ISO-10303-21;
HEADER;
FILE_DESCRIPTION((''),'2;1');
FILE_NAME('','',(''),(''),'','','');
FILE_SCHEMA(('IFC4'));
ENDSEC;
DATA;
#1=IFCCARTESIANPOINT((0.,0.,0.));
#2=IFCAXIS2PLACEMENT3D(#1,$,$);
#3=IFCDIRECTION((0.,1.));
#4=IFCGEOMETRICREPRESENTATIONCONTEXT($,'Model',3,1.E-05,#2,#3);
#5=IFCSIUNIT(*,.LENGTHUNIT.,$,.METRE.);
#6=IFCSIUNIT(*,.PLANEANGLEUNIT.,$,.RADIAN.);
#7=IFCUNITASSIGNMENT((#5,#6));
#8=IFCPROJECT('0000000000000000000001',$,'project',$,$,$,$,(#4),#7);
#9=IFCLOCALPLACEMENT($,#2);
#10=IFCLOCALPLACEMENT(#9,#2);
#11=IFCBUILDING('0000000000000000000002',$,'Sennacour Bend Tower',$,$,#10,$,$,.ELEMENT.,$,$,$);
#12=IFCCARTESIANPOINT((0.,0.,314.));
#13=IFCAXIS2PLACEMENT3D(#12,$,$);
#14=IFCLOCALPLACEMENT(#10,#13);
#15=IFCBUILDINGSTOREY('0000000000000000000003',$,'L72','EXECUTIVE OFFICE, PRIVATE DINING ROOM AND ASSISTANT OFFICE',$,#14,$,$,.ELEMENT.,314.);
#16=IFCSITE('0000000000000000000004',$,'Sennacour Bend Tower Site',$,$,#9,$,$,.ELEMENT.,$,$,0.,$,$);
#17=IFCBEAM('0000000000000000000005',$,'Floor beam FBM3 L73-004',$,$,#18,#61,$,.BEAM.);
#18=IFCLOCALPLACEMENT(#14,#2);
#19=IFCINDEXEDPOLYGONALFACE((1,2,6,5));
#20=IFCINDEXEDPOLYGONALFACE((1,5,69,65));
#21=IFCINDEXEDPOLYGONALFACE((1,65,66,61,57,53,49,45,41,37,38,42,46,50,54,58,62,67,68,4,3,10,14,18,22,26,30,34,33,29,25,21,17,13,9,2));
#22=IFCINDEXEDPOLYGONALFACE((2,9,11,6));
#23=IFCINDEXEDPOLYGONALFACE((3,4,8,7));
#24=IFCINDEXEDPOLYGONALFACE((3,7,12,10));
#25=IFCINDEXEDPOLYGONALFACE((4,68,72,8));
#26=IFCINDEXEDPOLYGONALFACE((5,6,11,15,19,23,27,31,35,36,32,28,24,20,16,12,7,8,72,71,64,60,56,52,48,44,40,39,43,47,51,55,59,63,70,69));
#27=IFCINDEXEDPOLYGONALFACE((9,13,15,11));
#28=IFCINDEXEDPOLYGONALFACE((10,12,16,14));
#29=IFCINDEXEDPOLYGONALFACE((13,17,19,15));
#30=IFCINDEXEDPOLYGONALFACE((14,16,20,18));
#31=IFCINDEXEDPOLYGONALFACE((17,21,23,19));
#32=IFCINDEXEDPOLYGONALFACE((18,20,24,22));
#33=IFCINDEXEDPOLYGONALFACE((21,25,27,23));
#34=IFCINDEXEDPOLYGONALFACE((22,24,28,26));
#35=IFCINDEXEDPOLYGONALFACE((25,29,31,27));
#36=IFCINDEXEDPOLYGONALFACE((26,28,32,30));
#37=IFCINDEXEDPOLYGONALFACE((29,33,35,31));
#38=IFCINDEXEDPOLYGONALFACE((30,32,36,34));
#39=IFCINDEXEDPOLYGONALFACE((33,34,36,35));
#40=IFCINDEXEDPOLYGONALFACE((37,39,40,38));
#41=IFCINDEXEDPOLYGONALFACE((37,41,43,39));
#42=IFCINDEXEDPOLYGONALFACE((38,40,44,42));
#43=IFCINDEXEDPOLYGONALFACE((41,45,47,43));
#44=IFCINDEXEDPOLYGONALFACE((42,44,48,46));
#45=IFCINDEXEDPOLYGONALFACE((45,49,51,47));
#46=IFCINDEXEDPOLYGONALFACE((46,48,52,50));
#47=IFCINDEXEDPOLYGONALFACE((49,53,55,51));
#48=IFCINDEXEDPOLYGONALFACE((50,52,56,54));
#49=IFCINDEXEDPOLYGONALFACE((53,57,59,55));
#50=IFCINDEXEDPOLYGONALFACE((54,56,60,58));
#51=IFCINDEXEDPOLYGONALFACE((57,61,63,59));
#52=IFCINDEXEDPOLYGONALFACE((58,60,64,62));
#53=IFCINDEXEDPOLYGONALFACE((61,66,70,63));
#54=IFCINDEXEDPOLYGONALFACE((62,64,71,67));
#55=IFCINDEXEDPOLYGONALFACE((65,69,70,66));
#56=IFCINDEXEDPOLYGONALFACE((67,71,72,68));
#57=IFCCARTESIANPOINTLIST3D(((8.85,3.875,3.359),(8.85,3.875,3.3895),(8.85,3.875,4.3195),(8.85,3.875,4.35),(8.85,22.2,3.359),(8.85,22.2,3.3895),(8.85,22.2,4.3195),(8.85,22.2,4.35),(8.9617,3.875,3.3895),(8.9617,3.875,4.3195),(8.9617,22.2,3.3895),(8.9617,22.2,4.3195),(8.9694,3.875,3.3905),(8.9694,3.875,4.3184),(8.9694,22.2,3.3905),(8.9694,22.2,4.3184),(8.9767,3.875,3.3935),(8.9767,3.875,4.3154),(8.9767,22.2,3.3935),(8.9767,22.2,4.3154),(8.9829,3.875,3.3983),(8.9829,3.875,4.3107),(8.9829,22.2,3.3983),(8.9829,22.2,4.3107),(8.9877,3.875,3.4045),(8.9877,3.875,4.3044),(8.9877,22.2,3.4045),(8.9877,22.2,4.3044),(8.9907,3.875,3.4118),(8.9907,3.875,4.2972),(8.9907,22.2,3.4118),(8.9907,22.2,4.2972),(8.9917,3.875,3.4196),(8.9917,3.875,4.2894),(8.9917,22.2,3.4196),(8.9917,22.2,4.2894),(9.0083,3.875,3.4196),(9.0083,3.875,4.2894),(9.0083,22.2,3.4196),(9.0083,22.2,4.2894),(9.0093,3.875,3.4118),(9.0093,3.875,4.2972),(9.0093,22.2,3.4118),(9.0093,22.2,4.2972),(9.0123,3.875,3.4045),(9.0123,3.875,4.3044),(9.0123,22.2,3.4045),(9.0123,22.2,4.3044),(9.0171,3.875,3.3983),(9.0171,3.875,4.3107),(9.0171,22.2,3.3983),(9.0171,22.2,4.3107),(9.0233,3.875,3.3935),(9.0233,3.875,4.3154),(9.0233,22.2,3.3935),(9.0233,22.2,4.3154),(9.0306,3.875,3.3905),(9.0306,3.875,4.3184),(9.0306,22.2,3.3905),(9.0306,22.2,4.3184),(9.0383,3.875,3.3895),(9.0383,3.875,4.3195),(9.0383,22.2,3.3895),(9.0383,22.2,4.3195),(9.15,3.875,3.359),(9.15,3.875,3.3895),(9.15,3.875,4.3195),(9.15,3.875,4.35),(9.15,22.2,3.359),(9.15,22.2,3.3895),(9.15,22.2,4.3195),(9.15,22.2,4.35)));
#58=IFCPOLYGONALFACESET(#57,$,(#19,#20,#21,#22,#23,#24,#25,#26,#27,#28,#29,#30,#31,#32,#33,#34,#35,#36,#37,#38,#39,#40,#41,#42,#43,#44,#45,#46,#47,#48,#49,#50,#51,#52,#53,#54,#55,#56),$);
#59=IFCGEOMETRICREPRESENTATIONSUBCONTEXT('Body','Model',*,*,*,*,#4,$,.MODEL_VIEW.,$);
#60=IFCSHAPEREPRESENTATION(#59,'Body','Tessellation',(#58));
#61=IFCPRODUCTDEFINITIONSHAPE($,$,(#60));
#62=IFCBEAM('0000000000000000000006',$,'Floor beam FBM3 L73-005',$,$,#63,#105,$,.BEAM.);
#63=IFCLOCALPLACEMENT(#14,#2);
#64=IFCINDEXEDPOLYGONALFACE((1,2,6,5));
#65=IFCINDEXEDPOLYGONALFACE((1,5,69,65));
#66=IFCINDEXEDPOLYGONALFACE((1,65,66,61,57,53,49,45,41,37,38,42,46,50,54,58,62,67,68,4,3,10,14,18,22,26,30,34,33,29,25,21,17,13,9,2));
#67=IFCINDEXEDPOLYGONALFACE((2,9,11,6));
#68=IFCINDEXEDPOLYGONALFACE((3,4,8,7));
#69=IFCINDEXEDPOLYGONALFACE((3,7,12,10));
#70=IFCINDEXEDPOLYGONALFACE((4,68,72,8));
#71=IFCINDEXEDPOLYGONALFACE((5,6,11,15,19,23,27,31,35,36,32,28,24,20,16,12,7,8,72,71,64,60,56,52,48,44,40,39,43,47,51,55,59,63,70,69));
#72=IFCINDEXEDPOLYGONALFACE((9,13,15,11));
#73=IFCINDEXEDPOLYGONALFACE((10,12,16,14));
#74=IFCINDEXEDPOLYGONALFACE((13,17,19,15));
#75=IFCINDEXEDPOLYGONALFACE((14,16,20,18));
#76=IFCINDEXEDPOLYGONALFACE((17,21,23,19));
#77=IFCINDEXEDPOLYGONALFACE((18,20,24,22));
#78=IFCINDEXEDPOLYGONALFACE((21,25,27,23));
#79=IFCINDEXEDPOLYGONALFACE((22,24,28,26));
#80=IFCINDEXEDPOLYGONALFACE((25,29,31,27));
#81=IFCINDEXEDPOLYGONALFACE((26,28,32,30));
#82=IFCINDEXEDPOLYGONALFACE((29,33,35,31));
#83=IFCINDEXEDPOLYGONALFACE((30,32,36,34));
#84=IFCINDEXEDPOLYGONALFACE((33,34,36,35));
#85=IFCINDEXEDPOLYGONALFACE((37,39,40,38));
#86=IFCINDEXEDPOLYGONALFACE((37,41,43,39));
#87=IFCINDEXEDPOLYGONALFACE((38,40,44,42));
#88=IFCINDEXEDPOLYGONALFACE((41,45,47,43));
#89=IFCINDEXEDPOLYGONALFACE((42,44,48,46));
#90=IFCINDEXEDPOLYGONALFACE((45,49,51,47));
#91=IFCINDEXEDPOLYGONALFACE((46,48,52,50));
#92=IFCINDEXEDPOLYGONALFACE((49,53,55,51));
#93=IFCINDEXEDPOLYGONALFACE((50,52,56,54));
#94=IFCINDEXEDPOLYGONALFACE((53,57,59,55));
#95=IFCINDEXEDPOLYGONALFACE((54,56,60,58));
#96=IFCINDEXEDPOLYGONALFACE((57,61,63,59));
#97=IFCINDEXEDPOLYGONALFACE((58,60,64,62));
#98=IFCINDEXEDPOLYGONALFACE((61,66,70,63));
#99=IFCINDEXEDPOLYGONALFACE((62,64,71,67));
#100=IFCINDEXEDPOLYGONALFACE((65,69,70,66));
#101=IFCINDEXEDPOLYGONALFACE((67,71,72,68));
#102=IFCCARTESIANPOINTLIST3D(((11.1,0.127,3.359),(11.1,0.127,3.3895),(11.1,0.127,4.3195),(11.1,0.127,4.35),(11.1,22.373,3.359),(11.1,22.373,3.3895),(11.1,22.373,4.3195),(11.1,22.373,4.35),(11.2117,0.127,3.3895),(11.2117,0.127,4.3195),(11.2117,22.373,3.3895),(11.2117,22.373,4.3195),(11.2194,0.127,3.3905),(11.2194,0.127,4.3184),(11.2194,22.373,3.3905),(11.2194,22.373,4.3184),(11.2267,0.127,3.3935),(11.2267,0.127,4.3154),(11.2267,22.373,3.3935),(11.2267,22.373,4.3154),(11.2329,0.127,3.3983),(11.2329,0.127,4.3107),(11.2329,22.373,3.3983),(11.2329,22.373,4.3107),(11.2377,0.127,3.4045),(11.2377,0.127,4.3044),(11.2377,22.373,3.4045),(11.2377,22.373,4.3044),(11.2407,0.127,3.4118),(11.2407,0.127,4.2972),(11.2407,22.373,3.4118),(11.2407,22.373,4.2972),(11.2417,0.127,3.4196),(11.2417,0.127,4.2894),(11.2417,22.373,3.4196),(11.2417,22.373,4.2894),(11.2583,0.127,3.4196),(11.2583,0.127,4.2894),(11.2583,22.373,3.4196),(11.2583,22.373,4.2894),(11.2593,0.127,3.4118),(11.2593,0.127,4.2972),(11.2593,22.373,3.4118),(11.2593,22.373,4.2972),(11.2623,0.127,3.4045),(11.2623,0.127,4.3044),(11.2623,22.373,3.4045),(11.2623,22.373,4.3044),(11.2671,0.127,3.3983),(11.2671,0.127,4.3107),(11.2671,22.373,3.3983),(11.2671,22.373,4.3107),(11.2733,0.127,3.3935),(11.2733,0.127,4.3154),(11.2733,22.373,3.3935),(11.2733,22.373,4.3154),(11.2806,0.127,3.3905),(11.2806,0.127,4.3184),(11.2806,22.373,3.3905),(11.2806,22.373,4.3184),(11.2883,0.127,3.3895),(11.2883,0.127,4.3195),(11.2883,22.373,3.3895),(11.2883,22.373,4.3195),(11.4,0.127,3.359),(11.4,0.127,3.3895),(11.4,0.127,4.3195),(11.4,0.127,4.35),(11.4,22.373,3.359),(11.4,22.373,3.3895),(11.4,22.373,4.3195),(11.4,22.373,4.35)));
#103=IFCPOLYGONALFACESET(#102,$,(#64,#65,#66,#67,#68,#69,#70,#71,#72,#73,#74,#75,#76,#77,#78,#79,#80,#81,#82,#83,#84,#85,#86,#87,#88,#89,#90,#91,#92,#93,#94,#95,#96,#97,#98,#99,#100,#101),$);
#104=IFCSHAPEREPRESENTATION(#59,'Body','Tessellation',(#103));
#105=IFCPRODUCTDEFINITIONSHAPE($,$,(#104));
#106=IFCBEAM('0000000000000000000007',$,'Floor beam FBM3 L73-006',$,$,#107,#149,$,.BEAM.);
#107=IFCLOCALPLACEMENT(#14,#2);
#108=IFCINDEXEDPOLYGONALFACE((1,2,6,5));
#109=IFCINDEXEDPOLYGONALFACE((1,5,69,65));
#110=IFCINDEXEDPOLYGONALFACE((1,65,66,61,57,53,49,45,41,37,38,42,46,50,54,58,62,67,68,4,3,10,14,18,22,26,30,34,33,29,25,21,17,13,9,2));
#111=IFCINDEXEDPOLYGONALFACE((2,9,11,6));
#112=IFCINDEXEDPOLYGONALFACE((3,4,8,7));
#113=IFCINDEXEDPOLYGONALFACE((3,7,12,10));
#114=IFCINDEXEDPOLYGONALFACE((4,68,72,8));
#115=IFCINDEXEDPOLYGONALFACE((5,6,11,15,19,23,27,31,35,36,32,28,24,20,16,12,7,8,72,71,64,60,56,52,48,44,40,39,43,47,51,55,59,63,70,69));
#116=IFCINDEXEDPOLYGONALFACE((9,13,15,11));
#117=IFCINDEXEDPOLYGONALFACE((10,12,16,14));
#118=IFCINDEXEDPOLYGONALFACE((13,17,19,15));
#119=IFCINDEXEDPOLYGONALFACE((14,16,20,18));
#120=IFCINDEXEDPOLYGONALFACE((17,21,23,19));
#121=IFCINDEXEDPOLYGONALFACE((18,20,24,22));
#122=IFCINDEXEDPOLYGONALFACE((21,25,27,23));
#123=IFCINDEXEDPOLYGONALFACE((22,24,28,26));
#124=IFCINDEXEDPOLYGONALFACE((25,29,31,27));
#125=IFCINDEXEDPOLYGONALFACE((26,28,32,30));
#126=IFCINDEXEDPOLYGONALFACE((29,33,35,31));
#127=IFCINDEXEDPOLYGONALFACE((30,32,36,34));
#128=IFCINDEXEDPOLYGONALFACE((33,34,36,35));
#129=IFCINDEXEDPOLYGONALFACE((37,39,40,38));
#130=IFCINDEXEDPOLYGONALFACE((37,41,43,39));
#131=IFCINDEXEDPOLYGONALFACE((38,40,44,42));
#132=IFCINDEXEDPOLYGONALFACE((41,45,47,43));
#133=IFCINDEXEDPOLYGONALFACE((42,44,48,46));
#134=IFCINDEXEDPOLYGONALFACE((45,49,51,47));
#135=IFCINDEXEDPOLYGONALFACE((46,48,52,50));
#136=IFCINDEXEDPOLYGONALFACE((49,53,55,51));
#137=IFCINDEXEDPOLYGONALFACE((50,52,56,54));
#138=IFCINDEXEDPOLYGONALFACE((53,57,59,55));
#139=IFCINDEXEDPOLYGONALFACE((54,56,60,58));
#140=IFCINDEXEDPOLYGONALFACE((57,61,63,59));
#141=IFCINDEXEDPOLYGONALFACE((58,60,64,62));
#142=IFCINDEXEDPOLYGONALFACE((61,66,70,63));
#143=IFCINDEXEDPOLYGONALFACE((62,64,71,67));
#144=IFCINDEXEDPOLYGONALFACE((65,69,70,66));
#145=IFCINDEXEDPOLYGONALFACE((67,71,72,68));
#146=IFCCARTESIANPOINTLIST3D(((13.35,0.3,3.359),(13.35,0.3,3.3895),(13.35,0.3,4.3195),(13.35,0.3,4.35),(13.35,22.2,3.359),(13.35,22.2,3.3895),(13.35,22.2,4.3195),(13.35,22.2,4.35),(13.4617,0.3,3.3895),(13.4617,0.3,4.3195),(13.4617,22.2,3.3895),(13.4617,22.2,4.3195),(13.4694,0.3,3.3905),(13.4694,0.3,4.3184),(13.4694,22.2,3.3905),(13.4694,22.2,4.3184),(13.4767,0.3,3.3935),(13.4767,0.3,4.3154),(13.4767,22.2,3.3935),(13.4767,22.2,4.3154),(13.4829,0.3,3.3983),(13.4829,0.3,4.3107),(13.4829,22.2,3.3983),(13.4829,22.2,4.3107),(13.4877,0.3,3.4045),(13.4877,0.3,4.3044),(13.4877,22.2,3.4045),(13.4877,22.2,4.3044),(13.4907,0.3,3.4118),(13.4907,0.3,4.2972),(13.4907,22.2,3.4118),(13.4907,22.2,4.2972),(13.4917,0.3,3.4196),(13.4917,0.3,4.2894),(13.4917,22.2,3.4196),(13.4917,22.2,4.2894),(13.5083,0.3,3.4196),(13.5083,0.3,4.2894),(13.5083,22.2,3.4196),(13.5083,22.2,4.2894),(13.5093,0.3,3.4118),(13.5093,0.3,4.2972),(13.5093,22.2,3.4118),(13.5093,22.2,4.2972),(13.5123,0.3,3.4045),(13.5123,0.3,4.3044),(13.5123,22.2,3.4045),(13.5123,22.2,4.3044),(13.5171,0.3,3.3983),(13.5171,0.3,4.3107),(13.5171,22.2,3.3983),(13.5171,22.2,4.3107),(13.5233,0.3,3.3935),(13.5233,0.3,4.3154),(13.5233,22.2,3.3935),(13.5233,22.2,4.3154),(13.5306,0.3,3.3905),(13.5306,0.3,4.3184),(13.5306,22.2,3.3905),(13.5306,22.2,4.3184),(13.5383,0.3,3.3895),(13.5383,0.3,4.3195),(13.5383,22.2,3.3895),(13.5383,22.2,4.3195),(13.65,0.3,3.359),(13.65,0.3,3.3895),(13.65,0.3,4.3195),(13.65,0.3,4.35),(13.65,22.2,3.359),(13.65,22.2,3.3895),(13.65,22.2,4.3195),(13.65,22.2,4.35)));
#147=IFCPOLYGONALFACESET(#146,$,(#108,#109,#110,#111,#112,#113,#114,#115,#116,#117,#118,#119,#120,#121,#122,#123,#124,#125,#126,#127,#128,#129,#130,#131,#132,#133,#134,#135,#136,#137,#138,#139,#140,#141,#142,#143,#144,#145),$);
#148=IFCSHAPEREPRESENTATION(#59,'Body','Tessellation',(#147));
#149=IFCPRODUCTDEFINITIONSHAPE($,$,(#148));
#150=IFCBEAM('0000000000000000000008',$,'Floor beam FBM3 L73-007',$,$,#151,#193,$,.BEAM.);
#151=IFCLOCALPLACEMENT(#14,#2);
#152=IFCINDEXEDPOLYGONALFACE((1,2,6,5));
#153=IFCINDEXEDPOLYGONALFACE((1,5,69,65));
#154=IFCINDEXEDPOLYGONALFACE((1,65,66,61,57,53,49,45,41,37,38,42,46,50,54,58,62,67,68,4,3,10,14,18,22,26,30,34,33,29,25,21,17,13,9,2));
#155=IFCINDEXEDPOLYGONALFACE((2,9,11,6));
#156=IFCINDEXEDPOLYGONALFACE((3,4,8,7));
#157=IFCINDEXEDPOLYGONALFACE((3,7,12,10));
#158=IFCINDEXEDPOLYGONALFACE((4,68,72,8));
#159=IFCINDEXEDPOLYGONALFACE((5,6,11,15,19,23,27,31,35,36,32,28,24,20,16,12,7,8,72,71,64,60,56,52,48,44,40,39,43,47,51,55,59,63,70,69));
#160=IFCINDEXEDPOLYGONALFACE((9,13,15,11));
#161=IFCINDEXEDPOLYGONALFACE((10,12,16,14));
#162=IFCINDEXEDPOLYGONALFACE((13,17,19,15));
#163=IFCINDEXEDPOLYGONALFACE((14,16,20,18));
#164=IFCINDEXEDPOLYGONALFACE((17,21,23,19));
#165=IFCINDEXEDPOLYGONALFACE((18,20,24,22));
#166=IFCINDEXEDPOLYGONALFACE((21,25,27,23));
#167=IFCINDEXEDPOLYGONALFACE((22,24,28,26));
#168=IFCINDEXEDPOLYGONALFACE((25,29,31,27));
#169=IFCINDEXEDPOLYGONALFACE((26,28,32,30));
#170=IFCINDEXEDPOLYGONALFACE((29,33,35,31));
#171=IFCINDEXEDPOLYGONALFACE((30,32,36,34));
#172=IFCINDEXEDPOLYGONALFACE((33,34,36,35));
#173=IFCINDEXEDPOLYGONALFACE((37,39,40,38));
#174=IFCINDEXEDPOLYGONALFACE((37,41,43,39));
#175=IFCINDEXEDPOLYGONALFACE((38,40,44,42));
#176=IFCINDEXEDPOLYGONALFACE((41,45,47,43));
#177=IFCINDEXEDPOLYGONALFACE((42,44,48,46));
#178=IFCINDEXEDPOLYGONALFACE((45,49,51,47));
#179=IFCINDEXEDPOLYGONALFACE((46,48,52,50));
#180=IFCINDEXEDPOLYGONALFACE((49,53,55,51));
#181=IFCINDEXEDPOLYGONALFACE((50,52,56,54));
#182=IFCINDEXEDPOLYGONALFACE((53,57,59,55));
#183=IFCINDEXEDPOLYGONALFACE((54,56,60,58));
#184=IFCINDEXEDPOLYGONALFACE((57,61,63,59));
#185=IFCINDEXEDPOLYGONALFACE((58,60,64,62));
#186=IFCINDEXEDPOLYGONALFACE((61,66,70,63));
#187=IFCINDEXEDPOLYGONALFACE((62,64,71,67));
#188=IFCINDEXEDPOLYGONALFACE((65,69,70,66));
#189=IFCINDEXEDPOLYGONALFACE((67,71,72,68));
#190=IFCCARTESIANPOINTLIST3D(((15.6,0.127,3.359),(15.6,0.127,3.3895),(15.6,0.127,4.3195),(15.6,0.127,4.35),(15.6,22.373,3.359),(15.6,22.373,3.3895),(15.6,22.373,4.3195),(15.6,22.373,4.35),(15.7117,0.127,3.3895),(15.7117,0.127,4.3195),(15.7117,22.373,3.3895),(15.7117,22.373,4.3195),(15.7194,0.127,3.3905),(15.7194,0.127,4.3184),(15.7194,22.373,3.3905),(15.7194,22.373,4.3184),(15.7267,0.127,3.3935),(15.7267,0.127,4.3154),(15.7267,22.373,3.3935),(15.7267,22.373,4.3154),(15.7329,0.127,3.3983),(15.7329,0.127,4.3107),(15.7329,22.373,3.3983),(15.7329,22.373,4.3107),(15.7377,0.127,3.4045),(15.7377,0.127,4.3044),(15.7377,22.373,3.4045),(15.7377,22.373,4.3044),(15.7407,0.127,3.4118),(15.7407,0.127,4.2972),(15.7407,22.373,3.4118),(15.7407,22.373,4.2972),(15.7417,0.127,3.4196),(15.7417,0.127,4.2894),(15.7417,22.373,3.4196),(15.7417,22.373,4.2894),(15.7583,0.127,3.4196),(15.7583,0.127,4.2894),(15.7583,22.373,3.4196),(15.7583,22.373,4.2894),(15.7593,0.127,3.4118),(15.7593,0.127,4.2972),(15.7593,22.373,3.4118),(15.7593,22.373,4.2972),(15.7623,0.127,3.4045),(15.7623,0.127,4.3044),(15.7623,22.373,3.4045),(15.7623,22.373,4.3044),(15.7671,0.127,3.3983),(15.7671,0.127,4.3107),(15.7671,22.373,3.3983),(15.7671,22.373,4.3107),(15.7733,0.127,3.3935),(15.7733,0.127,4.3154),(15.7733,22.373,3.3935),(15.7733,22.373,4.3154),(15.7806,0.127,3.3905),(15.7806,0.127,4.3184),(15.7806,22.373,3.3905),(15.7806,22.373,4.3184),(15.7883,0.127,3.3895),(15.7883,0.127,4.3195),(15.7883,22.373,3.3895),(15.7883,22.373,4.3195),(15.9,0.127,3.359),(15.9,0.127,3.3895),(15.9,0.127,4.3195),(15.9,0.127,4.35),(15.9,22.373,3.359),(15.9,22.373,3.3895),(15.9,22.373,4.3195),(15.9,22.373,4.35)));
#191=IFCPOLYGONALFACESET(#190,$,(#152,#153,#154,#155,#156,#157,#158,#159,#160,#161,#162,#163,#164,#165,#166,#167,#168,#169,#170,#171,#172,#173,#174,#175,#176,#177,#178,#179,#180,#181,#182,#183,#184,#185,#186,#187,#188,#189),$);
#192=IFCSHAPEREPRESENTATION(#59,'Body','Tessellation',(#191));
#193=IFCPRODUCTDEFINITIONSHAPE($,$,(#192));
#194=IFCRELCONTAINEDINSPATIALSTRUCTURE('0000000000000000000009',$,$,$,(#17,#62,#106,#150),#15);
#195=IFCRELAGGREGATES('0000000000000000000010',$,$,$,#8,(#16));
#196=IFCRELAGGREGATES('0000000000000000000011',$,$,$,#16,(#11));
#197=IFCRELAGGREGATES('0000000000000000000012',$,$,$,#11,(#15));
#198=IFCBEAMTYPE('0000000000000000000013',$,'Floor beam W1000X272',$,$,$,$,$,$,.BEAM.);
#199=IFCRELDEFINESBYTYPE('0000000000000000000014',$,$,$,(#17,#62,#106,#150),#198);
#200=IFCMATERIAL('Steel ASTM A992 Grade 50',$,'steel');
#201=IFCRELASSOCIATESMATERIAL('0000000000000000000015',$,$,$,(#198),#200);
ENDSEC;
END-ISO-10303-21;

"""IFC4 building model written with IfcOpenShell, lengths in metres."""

from ifc_helpers import new_model, si_unit, direction, frame, origin, origin_2d, place, context, subcontext, project, spatial, i_section, extrude, material, material_profile, profile_set, type_object, element, save


model = new_model("IFC4")

# Units and contexts
model_context = context("Model", 3, precision=1e-05, world=origin(), true_north=direction((0.0, 1.0)))
body_context = subcontext(model_context, "Body", "Model", "MODEL_VIEW")
ifc_project = project(units=[si_unit("LENGTHUNIT", "METRE"), si_unit("PLANEANGLEUNIT", "RADIAN")], contexts=[model_context])

# Site, building, storey
site_placement = place(None, origin())
site = spatial("IfcSite", under=ifc_project, at=site_placement, Name="Sennacour Bend Tower Site", CompositionType="ELEMENT", RefElevation=0.0)
building_placement = place(site_placement, origin())
building = spatial("IfcBuilding", under=site, at=building_placement, Name="Sennacour Bend Tower", CompositionType="ELEMENT")
storey_placement = place(building_placement, frame((0.0, 0.0, 314.0)))
storey = spatial("IfcBuildingStorey", under=building, at=storey_placement, Name="L72", Description="EXECUTIVE OFFICE, PRIVATE DINING ROOM AND ASSISTANT OFFICE", CompositionType="ELEMENT", Elevation=314.0)

# Beams
ifc_material_1 = material(Name="Steel ASTM A992 Grade 50", Category="steel")
ifc_material_profile_1 = material_profile(ifc_material_1, i_section(OverallWidth=0.3, OverallDepth=0.991, WebThickness=0.0166, FlangeThickness=0.0305, FilletRadius=0.03, at=origin_2d()), Name="Steel ASTM A992 Grade 50", Category="steel")
ifc_profile_set_1 = profile_set([ifc_material_profile_1], Name="Steel ASTM A992 Grade 50")
beam_type_1 = type_object("IfcBeamType", Name="Floor beam W1000X272", PredefinedType="BEAM", material=ifc_profile_set_1)
beam_1_placement = place(storey_placement, frame((9.0, 3.875, 3.8545), z_axis=(0.0, 1.0, 0.0), x_axis=(-1.0, 0.0, 0.0)))
element("IfcBeam", 1, at=beam_1_placement, inside=storey, type_object=beam_type_1, Name="Floor beam FBM3 L73-004", PredefinedType="BEAM", context=body_context, shape_type="SweptSolid", body=[
    extrude(i_section(OverallWidth=0.3, OverallDepth=0.991, WebThickness=0.0166, FlangeThickness=0.0305, FilletRadius=0.03, at=origin_2d()), origin(), (0.0, 0.0, 1.0), 18.325),
])
beam_2_placement = place(storey_placement, frame((11.25, 0.127, 3.8545), z_axis=(0.0, 1.0, 0.0), x_axis=(-1.0, 0.0, 0.0)))
element("IfcBeam", 2, at=beam_2_placement, inside=storey, type_object=beam_type_1, Name="Floor beam FBM3 L73-005", PredefinedType="BEAM", context=body_context, shape_type="SweptSolid", body=[
    extrude(i_section(OverallWidth=0.3, OverallDepth=0.991, WebThickness=0.0166, FlangeThickness=0.0305, FilletRadius=0.03, at=origin_2d()), origin(), (0.0, 0.0, 1.0), 22.2461),
])
beam_3_placement = place(storey_placement, frame((13.5, 0.3, 3.8545), z_axis=(0.0, 1.0, 0.0), x_axis=(-1.0, 0.0, 0.0)))
element("IfcBeam", 3, at=beam_3_placement, inside=storey, type_object=beam_type_1, Name="Floor beam FBM3 L73-006", PredefinedType="BEAM", context=body_context, shape_type="SweptSolid", body=[
    extrude(i_section(OverallWidth=0.3, OverallDepth=0.991, WebThickness=0.0166, FlangeThickness=0.0305, FilletRadius=0.03, at=origin_2d()), origin(), (0.0, 0.0, 1.0), 21.8999),
])
beam_4_placement = place(storey_placement, frame((15.75, 0.127, 3.8545), z_axis=(0.0, 1.0, 0.0), x_axis=(-1.0, 0.0, 0.0)))
element("IfcBeam", 4, at=beam_4_placement, inside=storey, type_object=beam_type_1, Name="Floor beam FBM3 L73-007", PredefinedType="BEAM", context=body_context, shape_type="SweptSolid", body=[
    extrude(i_section(OverallWidth=0.3, OverallDepth=0.991, WebThickness=0.0166, FlangeThickness=0.0305, FilletRadius=0.03, at=origin_2d()), origin(), (0.0, 0.0, 1.0), 22.2461),
])

save(model, "model.ifc")
